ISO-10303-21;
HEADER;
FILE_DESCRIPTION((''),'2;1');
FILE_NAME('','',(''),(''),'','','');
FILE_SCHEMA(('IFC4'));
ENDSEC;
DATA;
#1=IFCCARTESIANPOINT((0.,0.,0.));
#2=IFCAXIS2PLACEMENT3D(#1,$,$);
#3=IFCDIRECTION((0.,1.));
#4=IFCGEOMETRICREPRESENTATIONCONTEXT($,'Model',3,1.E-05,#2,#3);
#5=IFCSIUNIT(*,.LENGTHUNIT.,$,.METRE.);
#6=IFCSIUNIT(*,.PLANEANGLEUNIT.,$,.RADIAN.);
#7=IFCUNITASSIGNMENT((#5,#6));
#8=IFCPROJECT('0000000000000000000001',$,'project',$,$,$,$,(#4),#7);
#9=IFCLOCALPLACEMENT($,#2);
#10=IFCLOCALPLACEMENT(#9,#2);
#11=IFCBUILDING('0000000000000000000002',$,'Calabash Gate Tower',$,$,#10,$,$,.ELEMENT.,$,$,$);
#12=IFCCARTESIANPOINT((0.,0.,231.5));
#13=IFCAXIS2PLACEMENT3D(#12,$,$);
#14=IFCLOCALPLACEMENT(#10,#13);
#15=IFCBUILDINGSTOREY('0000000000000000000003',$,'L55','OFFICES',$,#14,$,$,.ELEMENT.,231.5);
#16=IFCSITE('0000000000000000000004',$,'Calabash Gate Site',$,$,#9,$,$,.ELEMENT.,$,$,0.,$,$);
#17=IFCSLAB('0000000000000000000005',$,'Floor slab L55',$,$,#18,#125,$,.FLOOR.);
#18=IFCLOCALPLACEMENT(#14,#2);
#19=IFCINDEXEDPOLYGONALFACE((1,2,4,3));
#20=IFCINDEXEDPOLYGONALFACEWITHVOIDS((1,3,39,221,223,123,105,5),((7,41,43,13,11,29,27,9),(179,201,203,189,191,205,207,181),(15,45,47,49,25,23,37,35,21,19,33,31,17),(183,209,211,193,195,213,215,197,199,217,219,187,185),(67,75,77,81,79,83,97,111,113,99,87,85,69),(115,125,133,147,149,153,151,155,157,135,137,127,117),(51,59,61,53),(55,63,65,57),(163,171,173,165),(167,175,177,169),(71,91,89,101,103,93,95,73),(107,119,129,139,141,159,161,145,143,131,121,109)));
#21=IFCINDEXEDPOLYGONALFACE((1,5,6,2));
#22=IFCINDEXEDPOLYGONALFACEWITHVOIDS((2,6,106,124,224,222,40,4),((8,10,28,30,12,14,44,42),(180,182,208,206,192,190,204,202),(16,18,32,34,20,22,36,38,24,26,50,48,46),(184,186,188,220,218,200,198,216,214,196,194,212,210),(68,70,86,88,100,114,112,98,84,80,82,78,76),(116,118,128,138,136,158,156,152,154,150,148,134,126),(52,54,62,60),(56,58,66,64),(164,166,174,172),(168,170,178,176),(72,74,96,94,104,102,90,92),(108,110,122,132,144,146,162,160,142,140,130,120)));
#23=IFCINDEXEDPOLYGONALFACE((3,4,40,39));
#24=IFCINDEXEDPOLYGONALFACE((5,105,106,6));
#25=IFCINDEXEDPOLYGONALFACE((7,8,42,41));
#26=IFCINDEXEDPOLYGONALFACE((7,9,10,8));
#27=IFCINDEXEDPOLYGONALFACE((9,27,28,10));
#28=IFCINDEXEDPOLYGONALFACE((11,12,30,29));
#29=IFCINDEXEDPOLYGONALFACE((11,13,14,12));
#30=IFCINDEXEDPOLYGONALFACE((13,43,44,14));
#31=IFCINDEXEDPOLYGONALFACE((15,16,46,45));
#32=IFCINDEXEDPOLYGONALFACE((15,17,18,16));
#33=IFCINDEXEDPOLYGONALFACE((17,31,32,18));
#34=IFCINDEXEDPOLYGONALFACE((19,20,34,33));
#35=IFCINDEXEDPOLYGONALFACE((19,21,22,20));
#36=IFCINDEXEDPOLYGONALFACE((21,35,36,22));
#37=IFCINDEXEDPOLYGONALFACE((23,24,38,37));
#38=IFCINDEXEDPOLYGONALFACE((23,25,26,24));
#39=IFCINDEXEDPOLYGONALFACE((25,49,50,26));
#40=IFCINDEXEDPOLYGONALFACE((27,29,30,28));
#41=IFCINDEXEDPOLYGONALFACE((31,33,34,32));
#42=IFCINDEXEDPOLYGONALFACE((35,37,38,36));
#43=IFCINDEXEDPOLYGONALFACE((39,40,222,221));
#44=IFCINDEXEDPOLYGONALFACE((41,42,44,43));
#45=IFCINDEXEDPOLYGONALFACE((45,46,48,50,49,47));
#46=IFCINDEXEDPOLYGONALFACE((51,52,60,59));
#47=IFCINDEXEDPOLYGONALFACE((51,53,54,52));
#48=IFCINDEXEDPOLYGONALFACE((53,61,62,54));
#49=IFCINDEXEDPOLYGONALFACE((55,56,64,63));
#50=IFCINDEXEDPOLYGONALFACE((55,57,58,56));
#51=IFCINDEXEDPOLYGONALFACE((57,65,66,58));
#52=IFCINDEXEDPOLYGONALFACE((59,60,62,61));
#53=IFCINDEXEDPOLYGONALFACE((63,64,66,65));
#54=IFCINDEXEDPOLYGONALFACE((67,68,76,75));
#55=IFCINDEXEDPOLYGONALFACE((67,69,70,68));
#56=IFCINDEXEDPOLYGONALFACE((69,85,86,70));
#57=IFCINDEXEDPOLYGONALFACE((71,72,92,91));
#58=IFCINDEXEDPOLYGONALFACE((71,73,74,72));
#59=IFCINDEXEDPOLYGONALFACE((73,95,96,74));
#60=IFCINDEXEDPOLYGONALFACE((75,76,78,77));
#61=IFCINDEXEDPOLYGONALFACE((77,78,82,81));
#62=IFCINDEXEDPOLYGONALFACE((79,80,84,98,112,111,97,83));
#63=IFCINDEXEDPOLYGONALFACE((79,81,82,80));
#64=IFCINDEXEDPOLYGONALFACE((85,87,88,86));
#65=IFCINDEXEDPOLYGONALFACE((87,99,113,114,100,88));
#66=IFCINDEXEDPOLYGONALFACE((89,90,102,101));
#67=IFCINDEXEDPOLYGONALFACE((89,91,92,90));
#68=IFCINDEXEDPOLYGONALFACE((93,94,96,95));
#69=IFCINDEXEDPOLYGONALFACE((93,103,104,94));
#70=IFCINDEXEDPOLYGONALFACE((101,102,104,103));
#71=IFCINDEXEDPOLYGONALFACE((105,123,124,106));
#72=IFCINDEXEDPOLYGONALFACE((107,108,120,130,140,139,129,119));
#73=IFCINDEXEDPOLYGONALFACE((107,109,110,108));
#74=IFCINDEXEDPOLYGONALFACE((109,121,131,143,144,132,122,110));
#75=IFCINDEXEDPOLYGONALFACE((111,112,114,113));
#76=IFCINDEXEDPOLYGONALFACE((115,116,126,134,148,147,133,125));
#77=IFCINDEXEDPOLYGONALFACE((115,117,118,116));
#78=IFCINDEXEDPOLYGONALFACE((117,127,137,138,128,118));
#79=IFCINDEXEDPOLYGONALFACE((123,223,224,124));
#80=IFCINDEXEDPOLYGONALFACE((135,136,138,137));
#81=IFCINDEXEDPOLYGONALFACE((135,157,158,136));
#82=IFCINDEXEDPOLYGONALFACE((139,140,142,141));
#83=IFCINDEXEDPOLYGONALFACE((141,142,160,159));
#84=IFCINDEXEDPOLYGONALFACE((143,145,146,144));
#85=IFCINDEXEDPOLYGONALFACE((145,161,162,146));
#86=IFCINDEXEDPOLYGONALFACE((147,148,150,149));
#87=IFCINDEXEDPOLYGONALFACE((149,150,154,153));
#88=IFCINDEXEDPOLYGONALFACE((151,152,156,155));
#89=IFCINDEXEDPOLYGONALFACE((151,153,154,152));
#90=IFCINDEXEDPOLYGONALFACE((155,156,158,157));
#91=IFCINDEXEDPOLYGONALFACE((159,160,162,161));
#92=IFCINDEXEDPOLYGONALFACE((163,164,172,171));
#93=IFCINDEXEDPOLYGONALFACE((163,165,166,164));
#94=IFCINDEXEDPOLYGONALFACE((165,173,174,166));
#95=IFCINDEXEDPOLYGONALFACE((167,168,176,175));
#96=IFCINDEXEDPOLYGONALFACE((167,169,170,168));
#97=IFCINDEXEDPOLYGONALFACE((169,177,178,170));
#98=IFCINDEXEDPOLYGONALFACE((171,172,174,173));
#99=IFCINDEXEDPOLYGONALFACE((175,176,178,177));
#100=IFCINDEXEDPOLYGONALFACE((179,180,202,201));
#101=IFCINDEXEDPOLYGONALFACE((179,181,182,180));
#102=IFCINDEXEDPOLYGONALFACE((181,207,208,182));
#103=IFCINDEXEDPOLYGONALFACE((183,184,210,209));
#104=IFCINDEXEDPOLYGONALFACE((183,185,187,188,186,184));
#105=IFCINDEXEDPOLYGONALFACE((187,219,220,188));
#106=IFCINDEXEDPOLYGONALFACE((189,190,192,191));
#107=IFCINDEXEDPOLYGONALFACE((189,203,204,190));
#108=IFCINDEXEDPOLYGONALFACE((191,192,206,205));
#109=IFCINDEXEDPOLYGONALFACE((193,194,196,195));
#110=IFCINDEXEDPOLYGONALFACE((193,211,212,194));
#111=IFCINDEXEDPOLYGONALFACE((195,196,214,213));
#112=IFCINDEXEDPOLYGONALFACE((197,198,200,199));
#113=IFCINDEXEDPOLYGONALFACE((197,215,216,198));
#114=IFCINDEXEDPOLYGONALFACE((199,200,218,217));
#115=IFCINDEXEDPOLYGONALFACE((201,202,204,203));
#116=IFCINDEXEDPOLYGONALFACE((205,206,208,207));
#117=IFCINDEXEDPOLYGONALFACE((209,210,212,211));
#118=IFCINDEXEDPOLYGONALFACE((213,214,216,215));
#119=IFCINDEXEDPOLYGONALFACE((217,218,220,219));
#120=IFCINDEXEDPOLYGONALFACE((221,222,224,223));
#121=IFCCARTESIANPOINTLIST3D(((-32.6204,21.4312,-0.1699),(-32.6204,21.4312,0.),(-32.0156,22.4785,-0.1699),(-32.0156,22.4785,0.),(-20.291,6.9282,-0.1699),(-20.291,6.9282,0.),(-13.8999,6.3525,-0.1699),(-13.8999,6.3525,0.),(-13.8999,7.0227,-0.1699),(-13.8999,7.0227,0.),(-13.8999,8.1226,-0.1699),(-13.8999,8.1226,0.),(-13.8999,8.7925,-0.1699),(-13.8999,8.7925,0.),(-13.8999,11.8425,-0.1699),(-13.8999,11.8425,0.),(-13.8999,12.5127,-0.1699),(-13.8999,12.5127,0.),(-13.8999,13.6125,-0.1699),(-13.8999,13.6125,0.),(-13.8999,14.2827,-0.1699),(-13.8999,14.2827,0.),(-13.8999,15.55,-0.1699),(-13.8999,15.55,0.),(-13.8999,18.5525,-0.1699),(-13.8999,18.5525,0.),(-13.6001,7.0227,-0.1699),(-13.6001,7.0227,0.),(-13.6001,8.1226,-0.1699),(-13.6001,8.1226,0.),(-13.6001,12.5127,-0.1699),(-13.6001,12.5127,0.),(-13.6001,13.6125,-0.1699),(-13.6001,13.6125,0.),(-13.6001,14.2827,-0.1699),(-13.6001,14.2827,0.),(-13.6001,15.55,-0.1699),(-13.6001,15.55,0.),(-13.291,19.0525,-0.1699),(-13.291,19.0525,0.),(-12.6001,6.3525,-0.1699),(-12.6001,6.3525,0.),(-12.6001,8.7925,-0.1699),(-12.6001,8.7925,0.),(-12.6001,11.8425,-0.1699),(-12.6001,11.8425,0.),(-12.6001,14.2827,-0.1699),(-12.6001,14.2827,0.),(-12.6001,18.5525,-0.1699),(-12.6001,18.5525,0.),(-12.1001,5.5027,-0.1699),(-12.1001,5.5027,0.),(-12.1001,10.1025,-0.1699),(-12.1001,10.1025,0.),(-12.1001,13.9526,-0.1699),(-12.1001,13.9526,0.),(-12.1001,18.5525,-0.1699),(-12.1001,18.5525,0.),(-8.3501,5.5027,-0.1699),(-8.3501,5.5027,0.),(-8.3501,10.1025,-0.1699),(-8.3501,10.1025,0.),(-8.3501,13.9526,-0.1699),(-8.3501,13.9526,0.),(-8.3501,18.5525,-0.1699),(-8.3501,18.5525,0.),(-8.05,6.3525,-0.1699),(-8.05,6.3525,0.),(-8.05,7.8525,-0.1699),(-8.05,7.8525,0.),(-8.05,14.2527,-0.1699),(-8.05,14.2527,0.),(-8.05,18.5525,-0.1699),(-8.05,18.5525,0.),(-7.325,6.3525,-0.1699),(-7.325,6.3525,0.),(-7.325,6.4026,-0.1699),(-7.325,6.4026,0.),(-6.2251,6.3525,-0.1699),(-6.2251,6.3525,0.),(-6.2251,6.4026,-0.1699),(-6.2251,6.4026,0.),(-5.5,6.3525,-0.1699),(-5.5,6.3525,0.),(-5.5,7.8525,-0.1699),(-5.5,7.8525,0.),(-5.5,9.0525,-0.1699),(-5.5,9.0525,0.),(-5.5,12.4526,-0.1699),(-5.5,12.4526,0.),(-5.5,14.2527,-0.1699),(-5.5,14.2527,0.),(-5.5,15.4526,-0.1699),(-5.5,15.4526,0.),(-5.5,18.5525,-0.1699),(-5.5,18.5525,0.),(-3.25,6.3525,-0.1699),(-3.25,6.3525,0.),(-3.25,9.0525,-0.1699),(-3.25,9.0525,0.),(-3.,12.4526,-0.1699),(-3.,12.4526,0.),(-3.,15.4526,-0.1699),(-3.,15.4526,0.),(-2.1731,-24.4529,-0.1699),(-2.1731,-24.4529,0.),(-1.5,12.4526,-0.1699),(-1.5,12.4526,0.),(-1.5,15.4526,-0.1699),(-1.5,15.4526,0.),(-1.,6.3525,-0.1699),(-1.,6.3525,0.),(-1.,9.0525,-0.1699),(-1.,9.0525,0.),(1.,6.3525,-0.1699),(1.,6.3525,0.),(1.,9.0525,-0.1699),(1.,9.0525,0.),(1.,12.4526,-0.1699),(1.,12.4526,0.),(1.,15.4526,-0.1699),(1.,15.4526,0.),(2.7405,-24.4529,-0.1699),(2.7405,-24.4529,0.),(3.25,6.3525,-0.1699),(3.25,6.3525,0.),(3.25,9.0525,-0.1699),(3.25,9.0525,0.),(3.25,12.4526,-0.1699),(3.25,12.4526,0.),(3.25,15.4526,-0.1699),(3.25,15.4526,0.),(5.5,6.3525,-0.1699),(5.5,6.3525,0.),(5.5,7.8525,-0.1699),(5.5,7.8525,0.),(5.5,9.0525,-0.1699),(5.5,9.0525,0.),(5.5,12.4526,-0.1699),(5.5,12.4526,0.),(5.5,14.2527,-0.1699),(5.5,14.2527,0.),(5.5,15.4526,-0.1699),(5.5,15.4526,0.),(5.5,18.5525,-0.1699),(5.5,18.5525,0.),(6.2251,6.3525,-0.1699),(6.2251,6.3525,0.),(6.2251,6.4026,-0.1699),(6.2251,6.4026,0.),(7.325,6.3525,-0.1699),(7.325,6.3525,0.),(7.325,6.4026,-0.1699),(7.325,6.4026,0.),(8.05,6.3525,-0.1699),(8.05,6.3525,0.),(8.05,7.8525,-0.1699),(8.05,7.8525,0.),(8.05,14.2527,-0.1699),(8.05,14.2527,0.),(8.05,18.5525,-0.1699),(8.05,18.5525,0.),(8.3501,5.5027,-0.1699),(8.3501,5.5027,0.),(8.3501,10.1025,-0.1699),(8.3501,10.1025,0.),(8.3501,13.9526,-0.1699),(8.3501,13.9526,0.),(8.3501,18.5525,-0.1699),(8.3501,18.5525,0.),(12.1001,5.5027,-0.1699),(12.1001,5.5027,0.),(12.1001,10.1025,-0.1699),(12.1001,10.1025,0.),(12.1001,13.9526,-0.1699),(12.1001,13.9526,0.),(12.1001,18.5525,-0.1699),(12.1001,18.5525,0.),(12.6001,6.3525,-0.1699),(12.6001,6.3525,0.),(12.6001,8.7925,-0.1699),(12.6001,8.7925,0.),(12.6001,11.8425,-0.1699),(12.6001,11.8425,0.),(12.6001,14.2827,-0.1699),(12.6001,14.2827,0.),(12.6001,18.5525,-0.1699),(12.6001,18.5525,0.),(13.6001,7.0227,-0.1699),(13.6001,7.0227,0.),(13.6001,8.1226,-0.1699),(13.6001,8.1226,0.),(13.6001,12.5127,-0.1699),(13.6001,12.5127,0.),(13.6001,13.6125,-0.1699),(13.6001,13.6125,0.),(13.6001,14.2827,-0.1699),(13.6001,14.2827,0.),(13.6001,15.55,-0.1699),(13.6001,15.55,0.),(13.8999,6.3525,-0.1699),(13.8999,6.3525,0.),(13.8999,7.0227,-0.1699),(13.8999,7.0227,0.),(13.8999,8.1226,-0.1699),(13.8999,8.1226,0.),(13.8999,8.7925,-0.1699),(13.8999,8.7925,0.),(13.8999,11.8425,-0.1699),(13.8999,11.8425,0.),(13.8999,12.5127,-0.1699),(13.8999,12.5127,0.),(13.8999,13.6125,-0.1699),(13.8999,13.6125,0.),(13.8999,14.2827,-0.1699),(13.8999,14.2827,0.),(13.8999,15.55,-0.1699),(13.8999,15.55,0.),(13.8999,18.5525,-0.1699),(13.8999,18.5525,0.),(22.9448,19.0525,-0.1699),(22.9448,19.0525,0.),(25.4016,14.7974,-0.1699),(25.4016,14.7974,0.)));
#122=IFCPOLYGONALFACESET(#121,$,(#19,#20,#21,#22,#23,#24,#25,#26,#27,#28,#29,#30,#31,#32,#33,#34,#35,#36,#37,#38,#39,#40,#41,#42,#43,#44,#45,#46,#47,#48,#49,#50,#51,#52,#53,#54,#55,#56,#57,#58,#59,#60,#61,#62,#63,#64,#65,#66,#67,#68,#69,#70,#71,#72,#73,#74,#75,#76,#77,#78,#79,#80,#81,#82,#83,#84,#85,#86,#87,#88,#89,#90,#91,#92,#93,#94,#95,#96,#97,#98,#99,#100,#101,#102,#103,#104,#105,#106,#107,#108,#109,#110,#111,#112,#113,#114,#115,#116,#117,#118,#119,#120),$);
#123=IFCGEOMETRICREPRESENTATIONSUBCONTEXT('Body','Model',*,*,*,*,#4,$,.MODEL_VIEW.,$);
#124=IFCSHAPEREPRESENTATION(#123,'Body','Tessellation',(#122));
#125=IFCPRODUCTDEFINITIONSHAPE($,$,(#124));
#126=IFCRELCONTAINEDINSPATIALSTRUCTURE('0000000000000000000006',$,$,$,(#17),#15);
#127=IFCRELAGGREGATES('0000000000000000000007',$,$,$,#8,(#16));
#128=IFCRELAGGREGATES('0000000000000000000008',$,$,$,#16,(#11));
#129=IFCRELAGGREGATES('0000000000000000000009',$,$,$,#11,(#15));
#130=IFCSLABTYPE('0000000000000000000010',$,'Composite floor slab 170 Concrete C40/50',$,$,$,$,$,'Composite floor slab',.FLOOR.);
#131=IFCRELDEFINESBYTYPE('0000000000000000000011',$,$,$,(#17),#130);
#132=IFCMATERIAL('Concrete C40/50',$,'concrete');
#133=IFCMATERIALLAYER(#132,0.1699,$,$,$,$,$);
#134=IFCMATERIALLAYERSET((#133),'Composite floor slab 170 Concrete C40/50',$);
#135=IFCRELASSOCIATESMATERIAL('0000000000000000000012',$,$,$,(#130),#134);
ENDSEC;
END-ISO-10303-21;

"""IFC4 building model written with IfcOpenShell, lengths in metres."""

from ifc_helpers import new_model, si_unit, direction, frame, origin, place, context, subcontext, project, spatial, polyline, outline, extrude, material, layer, layer_set, type_object, element, save


model = new_model("IFC4")

# Units and contexts
model_context = context("Model", 3, precision=1e-05, world=origin(), true_north=direction((0.0, 1.0)))
body_context = subcontext(model_context, "Body", "Model", "MODEL_VIEW")
ifc_project = project(units=[si_unit("LENGTHUNIT", "METRE"), si_unit("PLANEANGLEUNIT", "RADIAN")], contexts=[model_context])

# Site, building, storey
site_placement = place(None, origin())
site = spatial("IfcSite", under=ifc_project, at=site_placement, Name="Calabash Gate Site", CompositionType="ELEMENT", RefElevation=0.0)
building_placement = place(site_placement, origin())
building = spatial("IfcBuilding", under=site, at=building_placement, Name="Calabash Gate Tower", CompositionType="ELEMENT")
storey_placement = place(building_placement, frame((0.0, 0.0, 231.5)))
storey = spatial("IfcBuildingStorey", under=building, at=storey_placement, Name="L55", Description="OFFICES", CompositionType="ELEMENT", Elevation=231.5)

# Slab
ifc_material_1 = material(Name="Concrete C40/50", Category="concrete")
ifc_layer_1 = layer(ifc_material_1, 0.1699)
ifc_layer_set_1 = layer_set([ifc_layer_1], Name="Composite floor slab 170 Concrete C40/50")
slab_type = type_object("IfcSlabType", Name="Composite floor slab 170 Concrete C40/50", ElementType="Composite floor slab", PredefinedType="FLOOR", material=ifc_layer_set_1)
slab_placement = place(storey_placement, frame((0.0, 0.0, -0.1699)))
element("IfcSlab", 1, at=slab_placement, inside=storey, type_object=slab_type, Name="Floor slab L55", PredefinedType="FLOOR", context=body_context, shape_type="SweptSolid", body=[
    extrude(outline(polyline([(2.7405, -24.4529), (-2.1731, -24.4529), (-20.291, 6.9282), (-32.6204, 21.4312), (-32.0156, 22.4785), (-13.291, 19.0525), (22.9448, 19.0525), (25.4016, 14.7974), (2.7405, -24.4529)]), holes=[polyline([(-7.325, 6.3525), (-7.325, 6.4026), (-6.2251, 6.4026), (-6.2251, 6.3525), (-5.5, 6.3525), (-3.25, 6.3525), (-1.0, 6.3525), (-1.0, 9.0525), (-3.25, 9.0525), (-5.5, 9.0525), (-5.5, 7.8525), (-8.05, 7.8525), (-8.05, 6.3525), (-7.325, 6.3525)]), polyline([(8.05, 6.3525), (8.05, 7.8525), (5.5, 7.8525), (5.5, 9.0525), (3.25, 9.0525), (1.0, 9.0525), (1.0, 6.3525), (3.25, 6.3525), (5.5, 6.3525), (6.2251, 6.3525), (6.2251, 6.4026), (7.325, 6.4026), (7.325, 6.3525), (8.05, 6.3525)]), polyline([(-8.05, 18.5525), (-8.05, 14.2527), (-5.5, 14.2527), (-5.5, 12.4526), (-3.0, 12.4526), (-3.0, 15.4526), (-5.5, 15.4526), (-5.5, 18.5525), (-8.05, 18.5525)]), polyline([(5.5, 14.2527), (8.05, 14.2527), (8.05, 18.5525), (5.5, 18.5525), (5.5, 15.4526), (3.25, 15.4526), (1.0, 15.4526), (-1.5, 15.4526), (-1.5, 12.4526), (1.0, 12.4526), (3.25, 12.4526), (5.5, 12.4526), (5.5, 14.2527)]), polyline([(-12.1001, 13.9526), (-8.3501, 13.9526), (-8.3501, 18.5525), (-12.1001, 18.5525), (-12.1001, 13.9526)]), polyline([(-8.3501, 5.5027), (-8.3501, 10.1025), (-12.1001, 10.1025), (-12.1001, 5.5027), (-8.3501, 5.5027)]), polyline([(12.1001, 18.5525), (8.3501, 18.5525), (8.3501, 13.9526), (12.1001, 13.9526), (12.1001, 18.5525)]), polyline([(8.3501, 10.1025), (8.3501, 5.5027), (12.1001, 5.5027), (12.1001, 10.1025), (8.3501, 10.1025)]), polyline([(-13.8999, 6.3525), (-12.6001, 6.3525), (-12.6001, 8.7925), (-13.8999, 8.7925), (-13.8999, 8.1226), (-13.6001, 8.1226), (-13.6001, 7.0227), (-13.8999, 7.0227), (-13.8999, 6.3525)]), polyline([(-13.8999, 12.5127), (-13.8999, 11.8425), (-12.6001, 11.8425), (-12.6001, 14.2827), (-12.6001, 18.5525), (-13.8999, 18.5525), (-13.8999, 15.55), (-13.6001, 15.55), (-13.6001, 14.2827), (-13.8999, 14.2827), (-13.8999, 13.6125), (-13.6001, 13.6125), (-13.6001, 12.5127), (-13.8999, 12.5127)]), polyline([(13.6001, 7.0227), (13.6001, 8.1226), (13.8999, 8.1226), (13.8999, 8.7925), (12.6001, 8.7925), (12.6001, 6.3525), (13.8999, 6.3525), (13.8999, 7.0227), (13.6001, 7.0227)]), polyline([(13.8999, 12.5127), (13.6001, 12.5127), (13.6001, 13.6125), (13.8999, 13.6125), (13.8999, 14.2827), (13.6001, 14.2827), (13.6001, 15.55), (13.8999, 15.55), (13.8999, 18.5525), (12.6001, 18.5525), (12.6001, 14.2827), (12.6001, 11.8425), (13.8999, 11.8425), (13.8999, 12.5127)])]), origin(), (0.0, 0.0, 1.0), 0.1699),
])

save(model, "model.ifc")
